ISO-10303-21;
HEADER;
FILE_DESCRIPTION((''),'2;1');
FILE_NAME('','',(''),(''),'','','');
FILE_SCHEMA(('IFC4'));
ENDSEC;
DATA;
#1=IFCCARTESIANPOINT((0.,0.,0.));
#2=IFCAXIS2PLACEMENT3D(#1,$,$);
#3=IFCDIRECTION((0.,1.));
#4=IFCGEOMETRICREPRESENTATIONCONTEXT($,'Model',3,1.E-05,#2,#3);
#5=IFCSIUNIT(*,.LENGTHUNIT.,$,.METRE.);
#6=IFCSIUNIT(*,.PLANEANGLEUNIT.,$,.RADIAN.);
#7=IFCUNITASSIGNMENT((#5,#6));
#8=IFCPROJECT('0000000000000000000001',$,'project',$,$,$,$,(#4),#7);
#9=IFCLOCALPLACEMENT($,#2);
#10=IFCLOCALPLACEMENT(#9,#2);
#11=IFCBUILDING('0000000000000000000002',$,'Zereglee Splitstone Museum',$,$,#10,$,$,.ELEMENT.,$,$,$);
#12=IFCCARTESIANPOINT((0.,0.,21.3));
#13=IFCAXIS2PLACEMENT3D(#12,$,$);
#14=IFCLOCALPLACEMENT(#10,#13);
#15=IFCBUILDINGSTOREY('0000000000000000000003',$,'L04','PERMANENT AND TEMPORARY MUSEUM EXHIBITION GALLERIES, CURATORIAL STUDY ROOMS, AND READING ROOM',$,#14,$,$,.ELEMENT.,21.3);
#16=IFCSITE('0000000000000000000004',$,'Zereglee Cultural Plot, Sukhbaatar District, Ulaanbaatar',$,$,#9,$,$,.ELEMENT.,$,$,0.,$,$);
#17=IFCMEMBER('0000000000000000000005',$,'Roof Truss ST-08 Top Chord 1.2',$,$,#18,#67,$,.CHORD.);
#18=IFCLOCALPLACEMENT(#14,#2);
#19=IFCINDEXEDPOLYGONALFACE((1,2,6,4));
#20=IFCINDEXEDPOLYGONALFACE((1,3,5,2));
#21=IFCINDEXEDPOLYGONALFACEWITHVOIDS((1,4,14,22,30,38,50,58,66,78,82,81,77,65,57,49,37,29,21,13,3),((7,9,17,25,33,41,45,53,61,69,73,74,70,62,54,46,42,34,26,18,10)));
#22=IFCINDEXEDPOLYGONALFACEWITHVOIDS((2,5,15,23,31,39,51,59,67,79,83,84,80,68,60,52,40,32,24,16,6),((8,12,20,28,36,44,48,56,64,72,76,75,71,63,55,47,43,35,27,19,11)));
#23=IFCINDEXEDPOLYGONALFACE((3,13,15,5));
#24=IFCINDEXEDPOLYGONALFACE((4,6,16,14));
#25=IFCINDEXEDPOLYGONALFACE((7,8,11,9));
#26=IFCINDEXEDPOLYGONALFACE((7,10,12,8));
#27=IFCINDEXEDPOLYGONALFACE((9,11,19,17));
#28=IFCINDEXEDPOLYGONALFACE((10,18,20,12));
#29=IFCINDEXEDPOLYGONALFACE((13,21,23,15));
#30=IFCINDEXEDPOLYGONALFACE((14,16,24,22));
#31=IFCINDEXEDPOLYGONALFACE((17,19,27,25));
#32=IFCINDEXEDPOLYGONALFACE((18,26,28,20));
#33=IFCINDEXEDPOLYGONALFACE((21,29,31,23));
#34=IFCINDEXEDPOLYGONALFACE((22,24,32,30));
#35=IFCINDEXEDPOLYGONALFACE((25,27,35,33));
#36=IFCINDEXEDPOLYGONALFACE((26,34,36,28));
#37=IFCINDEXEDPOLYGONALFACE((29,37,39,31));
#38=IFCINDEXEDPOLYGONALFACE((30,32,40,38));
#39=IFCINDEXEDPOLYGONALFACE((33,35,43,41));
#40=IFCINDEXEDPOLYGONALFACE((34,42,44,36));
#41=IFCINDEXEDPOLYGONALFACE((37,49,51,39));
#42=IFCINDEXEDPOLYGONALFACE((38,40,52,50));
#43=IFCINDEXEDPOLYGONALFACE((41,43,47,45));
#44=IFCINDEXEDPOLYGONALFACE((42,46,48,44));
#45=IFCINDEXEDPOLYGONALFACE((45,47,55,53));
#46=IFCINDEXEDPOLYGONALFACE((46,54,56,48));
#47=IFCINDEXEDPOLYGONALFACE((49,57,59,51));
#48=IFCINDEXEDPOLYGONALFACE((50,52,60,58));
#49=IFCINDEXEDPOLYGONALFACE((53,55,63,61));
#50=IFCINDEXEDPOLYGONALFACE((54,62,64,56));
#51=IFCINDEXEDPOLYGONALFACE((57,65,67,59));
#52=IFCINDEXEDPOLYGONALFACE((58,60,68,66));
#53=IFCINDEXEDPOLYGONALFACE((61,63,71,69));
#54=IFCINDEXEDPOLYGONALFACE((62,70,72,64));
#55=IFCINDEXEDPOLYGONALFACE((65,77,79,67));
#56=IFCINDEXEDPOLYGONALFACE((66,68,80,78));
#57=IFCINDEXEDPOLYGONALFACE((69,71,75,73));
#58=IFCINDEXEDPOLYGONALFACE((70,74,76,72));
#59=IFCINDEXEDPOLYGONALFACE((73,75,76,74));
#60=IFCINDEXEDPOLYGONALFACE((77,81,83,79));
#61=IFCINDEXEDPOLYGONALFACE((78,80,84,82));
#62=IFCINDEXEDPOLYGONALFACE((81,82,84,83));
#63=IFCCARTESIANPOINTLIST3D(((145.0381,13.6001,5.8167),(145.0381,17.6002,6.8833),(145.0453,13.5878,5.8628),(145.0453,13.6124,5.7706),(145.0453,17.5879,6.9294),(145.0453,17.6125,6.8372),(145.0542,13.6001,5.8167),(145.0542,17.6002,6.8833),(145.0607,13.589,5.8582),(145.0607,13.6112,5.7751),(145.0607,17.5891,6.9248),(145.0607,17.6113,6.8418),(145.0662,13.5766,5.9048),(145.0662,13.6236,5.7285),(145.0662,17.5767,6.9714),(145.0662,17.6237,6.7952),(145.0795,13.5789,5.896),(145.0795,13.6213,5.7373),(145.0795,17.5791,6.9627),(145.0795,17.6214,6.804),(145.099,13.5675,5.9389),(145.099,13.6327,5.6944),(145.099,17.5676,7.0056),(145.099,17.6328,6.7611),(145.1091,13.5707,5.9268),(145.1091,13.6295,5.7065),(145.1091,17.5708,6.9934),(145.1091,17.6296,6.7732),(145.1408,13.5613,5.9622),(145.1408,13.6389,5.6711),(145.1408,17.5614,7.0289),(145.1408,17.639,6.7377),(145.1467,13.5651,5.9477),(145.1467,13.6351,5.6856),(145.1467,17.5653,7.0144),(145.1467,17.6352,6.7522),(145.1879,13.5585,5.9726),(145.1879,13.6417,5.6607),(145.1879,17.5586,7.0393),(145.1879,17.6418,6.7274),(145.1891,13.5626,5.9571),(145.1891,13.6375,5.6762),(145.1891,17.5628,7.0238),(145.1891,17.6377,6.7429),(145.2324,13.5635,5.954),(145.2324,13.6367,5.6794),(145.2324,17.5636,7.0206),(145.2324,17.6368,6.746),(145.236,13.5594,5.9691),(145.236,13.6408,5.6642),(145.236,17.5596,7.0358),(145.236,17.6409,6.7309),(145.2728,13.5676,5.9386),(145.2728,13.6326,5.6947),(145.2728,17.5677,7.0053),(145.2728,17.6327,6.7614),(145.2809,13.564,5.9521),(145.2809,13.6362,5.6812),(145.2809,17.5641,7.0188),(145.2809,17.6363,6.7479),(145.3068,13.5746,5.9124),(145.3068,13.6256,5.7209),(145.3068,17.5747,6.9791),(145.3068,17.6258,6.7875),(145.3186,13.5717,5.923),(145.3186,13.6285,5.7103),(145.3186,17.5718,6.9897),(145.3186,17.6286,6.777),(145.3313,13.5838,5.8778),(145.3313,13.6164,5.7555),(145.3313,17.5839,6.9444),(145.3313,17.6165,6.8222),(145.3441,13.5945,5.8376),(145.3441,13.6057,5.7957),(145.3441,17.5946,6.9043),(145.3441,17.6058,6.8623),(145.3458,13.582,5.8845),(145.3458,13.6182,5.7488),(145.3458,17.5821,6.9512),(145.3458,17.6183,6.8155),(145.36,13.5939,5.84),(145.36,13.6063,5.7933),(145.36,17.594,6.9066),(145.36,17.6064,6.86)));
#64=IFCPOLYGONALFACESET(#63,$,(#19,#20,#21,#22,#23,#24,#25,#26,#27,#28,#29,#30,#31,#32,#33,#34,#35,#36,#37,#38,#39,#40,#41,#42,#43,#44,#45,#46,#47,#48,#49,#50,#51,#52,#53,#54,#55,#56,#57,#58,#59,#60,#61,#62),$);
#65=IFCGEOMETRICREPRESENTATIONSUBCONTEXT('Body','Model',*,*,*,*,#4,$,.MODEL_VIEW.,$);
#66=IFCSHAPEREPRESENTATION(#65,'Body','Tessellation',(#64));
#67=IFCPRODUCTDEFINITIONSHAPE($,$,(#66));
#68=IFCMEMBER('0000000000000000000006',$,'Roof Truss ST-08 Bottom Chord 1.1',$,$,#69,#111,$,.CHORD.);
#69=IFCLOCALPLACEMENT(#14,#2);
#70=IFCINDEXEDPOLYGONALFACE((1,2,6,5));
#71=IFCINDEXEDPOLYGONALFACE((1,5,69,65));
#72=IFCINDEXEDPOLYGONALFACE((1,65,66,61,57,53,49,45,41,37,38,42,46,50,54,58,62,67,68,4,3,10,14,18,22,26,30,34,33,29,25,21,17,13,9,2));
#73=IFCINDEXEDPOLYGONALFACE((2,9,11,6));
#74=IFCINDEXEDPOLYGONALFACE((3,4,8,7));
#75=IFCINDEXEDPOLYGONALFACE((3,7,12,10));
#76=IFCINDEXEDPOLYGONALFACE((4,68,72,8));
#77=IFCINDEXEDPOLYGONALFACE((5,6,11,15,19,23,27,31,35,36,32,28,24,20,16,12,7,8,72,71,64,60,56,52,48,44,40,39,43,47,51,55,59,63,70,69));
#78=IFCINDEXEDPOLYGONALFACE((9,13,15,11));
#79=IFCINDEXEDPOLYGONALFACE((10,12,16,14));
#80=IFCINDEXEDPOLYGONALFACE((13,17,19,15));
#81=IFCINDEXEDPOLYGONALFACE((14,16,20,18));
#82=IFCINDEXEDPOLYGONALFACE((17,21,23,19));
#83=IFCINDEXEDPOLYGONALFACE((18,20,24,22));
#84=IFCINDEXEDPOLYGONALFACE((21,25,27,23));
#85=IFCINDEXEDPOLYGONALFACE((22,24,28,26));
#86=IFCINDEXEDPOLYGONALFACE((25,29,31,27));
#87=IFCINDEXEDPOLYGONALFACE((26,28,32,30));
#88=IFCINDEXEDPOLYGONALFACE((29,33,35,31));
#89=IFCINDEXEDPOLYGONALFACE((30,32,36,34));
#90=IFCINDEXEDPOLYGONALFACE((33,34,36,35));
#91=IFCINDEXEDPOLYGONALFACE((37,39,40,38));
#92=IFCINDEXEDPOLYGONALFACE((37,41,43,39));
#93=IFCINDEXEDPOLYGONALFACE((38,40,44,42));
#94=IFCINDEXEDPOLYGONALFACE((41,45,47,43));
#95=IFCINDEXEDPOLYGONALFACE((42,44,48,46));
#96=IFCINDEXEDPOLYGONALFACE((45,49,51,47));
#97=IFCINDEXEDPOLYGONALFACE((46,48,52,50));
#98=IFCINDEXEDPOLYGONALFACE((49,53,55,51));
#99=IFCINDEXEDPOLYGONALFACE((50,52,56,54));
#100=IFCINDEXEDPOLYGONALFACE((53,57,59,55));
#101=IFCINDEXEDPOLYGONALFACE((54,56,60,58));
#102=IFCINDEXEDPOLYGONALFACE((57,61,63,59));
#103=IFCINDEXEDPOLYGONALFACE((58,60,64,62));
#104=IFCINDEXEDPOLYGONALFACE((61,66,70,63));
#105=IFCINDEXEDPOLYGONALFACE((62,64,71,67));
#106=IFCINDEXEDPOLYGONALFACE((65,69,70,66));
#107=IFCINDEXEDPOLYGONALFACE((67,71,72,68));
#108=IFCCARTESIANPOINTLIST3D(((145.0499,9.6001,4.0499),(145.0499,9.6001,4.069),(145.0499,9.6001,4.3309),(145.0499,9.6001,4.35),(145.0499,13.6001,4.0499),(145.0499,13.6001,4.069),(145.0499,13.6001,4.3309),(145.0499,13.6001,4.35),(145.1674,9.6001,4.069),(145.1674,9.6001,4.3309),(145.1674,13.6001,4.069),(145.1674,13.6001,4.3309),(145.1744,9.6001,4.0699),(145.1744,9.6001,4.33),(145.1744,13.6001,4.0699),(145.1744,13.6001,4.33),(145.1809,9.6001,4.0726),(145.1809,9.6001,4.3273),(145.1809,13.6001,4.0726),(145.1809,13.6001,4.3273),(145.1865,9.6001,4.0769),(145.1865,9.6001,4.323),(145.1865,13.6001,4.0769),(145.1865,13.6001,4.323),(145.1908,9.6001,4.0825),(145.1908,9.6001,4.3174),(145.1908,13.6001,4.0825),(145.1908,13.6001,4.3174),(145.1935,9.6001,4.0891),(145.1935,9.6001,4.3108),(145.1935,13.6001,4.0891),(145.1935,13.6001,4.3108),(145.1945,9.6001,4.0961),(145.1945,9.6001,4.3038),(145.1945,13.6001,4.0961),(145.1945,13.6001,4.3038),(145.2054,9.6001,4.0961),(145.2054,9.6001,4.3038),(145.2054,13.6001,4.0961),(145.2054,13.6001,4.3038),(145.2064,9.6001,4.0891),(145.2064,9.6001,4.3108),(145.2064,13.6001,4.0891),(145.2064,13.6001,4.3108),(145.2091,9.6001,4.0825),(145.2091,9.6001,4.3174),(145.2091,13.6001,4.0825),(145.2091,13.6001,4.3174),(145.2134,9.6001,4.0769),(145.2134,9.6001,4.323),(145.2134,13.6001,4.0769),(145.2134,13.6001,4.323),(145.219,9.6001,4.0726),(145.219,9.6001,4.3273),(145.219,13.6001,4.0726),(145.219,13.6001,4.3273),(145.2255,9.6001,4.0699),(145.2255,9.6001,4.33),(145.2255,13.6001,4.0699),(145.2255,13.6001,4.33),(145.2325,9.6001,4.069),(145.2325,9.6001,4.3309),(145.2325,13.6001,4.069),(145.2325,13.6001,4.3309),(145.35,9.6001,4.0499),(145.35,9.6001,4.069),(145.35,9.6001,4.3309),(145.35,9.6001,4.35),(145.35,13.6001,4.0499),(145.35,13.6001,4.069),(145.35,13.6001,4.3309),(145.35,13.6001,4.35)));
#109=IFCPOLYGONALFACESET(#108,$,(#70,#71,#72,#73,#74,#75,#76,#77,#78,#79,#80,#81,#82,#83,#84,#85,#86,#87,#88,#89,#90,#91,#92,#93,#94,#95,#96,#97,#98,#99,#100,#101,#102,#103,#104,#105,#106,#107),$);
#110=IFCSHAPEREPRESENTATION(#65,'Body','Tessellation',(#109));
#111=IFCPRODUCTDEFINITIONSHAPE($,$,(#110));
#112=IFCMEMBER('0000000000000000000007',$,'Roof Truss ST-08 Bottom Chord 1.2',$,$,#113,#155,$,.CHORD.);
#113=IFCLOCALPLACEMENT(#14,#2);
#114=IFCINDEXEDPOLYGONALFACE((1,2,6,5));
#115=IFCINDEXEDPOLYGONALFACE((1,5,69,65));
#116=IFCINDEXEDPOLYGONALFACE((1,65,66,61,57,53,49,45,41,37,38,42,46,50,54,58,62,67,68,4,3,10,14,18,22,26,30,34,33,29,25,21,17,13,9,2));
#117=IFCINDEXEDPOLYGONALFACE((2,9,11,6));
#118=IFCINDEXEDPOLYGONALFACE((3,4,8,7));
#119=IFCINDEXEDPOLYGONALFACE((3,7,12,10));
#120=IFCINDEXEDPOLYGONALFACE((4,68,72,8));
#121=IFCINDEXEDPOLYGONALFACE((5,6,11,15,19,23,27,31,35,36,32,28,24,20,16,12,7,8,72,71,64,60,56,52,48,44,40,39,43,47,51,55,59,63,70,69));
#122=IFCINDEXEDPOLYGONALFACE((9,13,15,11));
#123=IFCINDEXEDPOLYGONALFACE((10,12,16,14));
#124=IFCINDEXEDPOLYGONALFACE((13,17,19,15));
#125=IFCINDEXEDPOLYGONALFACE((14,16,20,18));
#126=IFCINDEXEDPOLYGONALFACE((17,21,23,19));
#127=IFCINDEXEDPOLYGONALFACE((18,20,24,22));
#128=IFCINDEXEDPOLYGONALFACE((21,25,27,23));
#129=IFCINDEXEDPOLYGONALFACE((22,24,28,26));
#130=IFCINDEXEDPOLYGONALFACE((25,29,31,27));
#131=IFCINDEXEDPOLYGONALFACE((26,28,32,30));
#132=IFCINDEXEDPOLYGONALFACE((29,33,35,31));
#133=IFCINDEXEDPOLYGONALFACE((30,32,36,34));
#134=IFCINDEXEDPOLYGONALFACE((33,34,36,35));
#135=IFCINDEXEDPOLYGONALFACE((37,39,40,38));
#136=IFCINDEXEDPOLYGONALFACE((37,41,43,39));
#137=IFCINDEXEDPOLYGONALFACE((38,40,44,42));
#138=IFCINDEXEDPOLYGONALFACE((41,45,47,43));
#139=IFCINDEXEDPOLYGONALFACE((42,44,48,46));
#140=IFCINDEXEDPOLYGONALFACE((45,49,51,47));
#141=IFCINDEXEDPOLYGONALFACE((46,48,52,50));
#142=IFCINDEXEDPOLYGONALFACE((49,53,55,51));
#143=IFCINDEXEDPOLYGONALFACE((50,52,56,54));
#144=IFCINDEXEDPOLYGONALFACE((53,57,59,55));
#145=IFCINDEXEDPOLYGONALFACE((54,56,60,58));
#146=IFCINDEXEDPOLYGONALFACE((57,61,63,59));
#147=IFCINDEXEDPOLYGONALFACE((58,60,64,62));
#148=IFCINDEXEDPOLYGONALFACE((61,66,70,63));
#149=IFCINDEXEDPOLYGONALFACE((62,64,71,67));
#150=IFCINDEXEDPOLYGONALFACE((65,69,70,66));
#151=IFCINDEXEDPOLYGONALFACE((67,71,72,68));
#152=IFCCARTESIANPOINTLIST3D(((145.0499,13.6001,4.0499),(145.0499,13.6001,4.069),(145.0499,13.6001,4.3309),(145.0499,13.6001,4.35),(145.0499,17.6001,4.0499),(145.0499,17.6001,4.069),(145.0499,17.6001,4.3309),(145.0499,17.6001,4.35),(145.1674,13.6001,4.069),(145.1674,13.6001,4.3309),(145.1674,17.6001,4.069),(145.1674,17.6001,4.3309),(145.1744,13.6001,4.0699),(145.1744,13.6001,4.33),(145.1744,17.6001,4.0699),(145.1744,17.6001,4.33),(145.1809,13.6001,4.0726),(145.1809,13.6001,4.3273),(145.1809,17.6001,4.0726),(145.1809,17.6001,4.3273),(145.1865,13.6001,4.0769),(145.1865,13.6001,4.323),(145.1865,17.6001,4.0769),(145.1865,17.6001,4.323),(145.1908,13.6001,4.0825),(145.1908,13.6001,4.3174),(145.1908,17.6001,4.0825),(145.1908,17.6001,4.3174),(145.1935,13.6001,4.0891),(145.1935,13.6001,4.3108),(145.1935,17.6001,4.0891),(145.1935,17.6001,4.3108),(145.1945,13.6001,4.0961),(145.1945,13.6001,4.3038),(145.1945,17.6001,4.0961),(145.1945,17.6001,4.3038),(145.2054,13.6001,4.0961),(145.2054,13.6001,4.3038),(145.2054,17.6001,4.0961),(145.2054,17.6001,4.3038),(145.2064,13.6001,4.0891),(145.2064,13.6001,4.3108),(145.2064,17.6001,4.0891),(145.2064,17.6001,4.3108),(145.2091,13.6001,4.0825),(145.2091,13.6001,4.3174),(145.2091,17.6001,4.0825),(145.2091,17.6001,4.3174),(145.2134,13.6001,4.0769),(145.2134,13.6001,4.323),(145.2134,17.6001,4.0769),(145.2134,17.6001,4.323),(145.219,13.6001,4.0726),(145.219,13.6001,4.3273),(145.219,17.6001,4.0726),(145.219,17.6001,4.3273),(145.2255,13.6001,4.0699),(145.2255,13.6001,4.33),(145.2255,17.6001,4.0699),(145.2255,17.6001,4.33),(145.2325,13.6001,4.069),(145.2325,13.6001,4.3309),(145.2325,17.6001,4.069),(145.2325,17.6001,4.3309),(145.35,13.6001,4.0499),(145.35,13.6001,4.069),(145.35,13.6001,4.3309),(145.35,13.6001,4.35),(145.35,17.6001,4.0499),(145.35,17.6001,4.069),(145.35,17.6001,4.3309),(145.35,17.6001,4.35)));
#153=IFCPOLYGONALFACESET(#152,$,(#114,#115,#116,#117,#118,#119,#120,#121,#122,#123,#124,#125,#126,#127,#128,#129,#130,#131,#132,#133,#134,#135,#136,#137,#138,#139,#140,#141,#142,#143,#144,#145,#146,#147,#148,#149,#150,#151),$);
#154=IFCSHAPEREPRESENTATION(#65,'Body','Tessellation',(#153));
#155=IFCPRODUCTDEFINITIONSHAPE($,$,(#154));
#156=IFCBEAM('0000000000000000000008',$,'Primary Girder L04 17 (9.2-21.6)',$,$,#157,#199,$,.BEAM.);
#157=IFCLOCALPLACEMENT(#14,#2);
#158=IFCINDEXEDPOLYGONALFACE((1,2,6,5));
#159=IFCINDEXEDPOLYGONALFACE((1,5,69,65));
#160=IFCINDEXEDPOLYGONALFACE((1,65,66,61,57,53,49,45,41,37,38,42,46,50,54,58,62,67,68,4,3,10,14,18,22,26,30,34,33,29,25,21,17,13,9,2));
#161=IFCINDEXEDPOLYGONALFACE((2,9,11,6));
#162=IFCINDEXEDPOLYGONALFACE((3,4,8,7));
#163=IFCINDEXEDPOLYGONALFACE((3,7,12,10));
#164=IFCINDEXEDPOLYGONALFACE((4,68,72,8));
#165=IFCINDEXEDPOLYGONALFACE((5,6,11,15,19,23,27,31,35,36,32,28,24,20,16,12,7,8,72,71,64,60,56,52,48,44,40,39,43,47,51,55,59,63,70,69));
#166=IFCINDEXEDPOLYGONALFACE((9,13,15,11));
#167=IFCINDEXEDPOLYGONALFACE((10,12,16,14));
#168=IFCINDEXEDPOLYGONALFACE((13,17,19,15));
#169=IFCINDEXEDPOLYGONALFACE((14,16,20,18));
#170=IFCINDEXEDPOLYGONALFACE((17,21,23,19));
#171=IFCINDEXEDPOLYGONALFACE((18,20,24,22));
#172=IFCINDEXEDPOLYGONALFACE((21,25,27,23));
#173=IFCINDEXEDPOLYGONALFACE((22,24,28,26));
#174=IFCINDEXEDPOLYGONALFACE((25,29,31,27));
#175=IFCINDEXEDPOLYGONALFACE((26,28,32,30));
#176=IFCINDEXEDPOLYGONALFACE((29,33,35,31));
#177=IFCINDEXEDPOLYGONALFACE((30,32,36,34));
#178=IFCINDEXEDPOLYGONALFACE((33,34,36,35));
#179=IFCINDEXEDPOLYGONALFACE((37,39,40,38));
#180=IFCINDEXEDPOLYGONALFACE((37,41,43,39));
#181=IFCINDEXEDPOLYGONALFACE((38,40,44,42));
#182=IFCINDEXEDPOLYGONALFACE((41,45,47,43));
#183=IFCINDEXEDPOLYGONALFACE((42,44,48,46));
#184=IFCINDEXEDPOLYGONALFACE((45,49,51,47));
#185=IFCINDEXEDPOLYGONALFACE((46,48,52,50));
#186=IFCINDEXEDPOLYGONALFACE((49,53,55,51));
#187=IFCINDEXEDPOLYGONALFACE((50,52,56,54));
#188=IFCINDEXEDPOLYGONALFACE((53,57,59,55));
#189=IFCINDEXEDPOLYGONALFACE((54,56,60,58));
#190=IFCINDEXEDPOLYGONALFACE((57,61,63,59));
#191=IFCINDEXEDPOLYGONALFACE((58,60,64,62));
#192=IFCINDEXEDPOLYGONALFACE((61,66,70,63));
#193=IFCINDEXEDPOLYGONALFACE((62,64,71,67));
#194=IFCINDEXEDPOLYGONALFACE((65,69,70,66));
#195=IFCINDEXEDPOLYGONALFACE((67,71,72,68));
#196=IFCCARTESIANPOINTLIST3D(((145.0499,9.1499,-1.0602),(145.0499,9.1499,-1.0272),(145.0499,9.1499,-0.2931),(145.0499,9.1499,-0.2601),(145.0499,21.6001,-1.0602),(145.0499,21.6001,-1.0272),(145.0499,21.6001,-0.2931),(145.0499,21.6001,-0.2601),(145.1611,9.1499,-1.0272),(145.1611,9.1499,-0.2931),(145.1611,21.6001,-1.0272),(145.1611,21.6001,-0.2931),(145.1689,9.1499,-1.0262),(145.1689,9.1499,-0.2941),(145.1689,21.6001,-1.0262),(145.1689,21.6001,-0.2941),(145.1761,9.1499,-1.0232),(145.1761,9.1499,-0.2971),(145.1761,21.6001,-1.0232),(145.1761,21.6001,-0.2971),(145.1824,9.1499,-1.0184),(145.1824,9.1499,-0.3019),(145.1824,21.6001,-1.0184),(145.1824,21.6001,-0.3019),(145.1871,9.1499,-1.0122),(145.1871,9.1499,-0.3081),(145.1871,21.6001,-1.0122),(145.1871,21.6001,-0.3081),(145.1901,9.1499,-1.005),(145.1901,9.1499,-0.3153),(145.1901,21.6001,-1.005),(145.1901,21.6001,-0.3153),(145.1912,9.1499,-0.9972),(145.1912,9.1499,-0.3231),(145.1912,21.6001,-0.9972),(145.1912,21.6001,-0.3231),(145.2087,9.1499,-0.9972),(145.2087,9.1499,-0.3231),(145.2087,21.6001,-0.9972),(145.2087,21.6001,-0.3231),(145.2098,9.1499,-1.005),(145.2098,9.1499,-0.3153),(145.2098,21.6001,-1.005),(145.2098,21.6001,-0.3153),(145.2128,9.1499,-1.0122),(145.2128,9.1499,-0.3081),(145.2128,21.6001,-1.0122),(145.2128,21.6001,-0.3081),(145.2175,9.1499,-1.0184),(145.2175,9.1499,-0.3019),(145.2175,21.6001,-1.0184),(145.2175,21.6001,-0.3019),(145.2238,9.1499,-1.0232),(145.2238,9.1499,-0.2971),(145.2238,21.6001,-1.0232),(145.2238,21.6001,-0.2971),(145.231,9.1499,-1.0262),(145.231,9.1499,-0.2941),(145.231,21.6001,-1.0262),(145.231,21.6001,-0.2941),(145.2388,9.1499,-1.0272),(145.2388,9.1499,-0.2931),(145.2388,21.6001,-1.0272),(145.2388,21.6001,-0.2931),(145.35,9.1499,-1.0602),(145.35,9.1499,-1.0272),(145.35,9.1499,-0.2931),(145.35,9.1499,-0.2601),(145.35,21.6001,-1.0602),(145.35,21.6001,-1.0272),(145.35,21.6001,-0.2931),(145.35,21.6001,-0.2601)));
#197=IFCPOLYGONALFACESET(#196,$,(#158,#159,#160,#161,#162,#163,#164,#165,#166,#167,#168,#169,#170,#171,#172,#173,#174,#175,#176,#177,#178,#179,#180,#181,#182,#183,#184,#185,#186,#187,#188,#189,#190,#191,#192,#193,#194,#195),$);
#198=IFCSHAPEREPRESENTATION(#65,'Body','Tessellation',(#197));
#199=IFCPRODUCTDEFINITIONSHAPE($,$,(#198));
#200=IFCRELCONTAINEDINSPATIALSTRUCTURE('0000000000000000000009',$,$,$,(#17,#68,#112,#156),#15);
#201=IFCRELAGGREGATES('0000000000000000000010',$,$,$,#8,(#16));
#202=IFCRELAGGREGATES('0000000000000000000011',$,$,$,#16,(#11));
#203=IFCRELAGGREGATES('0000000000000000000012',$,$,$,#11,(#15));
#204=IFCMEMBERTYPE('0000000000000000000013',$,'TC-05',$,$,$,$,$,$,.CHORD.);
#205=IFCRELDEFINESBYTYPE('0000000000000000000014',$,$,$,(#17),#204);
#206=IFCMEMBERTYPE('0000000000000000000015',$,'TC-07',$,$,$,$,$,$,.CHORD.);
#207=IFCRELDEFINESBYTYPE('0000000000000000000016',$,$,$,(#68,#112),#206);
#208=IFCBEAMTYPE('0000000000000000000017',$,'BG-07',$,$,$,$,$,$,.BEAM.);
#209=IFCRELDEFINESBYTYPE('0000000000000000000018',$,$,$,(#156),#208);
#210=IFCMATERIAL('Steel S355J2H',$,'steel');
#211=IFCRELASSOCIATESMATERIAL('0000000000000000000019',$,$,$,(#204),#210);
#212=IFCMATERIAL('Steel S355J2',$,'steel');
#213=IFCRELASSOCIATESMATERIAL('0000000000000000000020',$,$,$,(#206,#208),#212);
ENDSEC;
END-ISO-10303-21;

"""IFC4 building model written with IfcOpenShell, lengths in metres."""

from ifc_helpers import new_model, si_unit, direction, frame, origin, origin_2d, place, context, subcontext, project, spatial, hollow_circle, i_section, extrude, material, material_profile, profile_set, type_object, element, save


model = new_model("IFC4")

# Units and contexts
model_context = context("Model", 3, precision=1e-05, world=origin(), true_north=direction((0.0, 1.0)))
body_context = subcontext(model_context, "Body", "Model", "MODEL_VIEW")
ifc_project = project(units=[si_unit("LENGTHUNIT", "METRE"), si_unit("PLANEANGLEUNIT", "RADIAN")], contexts=[model_context])

# Site, building, storey
site_placement = place(None, origin())
site = spatial("IfcSite", under=ifc_project, at=site_placement, Name="Zereglee Cultural Plot, Sukhbaatar District, Ulaanbaatar", CompositionType="ELEMENT", RefElevation=0.0)
building_placement = place(site_placement, origin())
building = spatial("IfcBuilding", under=site, at=building_placement, Name="Zereglee Splitstone Museum", CompositionType="ELEMENT")
storey_placement = place(building_placement, frame((0.0, 0.0, 21.3)))
storey = spatial("IfcBuildingStorey", under=building, at=storey_placement, Name="L04", Description="PERMANENT AND TEMPORARY MUSEUM EXHIBITION GALLERIES, CURATORIAL STUDY ROOMS, AND READING ROOM", CompositionType="ELEMENT", Elevation=21.3)

# Shared definitions
ifc_material_1 = material(Name="Steel S355J2", Category="steel")

# Members
ifc_material_2 = material(Name="Steel S355J2H", Category="steel")
ifc_material_profile_1 = material_profile(ifc_material_2, hollow_circle(Radius=0.1619, WallThickness=0.0161, at=origin_2d()), Name="CHS 323.9x16")
ifc_profile_set_1 = profile_set([ifc_material_profile_1], Name="Steel S355J2H")
member_type_1 = type_object("IfcMemberType", Name="TC-05", PredefinedType="CHORD", material=ifc_profile_set_1)
for number, where, z_axis, x_axis, name in (
    (1, (145.2, 13.6001, 5.8167), (0.0, 0.966236, 0.257659), (-1.0, 0.0, 0.0), "Roof Truss ST-08 Top Chord 1.2"),
):
    element("IfcMember", number, at=place(storey_placement, frame(where, z_axis=z_axis, x_axis=x_axis)), inside=storey, type_object=member_type_1, Name=name, PredefinedType="CHORD", context=body_context, shape_type="SweptSolid", body=[
        extrude(hollow_circle(Radius=0.1619, WallThickness=0.0161, at=origin_2d()), origin(), (0.0, 0.0, 1.0), 4.1399),
    ])
ifc_material_profile_2 = material_profile(ifc_material_1, i_section(OverallWidth=0.3, OverallDepth=0.3, WebThickness=0.011, FlangeThickness=0.019, FilletRadius=0.0271, at=origin_2d()), Name="HE 300 B")
ifc_profile_set_2 = profile_set([ifc_material_profile_2], Name="Steel S355J2")
member_type_2 = type_object("IfcMemberType", Name="TC-07", PredefinedType="CHORD", material=ifc_profile_set_2)
for number, where, z_axis, x_axis, name in (
    (2, (145.2, 9.6001, 4.2), (0.0, 1.0, 0.0), (-1.0, 0.0, 0.0), "Roof Truss ST-08 Bottom Chord 1.1"),
    (3, (145.2, 13.6001, 4.2), (0.0, 1.0, 0.0), (-1.0, 0.0, 0.0), "Roof Truss ST-08 Bottom Chord 1.2"),
):
    element("IfcMember", number, at=place(storey_placement, frame(where, z_axis=z_axis, x_axis=x_axis)), inside=storey, type_object=member_type_2, Name=name, PredefinedType="CHORD", context=body_context, shape_type="SweptSolid", body=[
        extrude(i_section(OverallWidth=0.3, OverallDepth=0.3, WebThickness=0.011, FlangeThickness=0.019, FilletRadius=0.0271, at=origin_2d()), origin(), (0.0, 0.0, 1.0), 4.0),
    ])

# Beam
ifc_material_profile_3 = material_profile(ifc_material_1, i_section(OverallWidth=0.3, OverallDepth=0.8, WebThickness=0.0176, FlangeThickness=0.033, FilletRadius=0.03, at=origin_2d()), Name="HE 800 B")
ifc_profile_set_3 = profile_set([ifc_material_profile_3], Name="Steel S355J2")
beam_type_1 = type_object("IfcBeamType", Name="BG-07", PredefinedType="BEAM", material=ifc_profile_set_3)
beam_1_placement = place(storey_placement, frame((145.2, 9.1499, -0.6602), z_axis=(0.0, 1.0, 0.0), x_axis=(-1.0, 0.0, 0.0)))
element("IfcBeam", 4, at=beam_1_placement, inside=storey, type_object=beam_type_1, Name="Primary Girder L04 17 (9.2-21.6)", PredefinedType="BEAM", context=body_context, shape_type="SweptSolid", body=[
    extrude(i_section(OverallWidth=0.3, OverallDepth=0.8, WebThickness=0.0176, FlangeThickness=0.033, FilletRadius=0.03, at=origin_2d()), origin(), (0.0, 0.0, 1.0), 12.4502),
])

save(model, "model.ifc")
